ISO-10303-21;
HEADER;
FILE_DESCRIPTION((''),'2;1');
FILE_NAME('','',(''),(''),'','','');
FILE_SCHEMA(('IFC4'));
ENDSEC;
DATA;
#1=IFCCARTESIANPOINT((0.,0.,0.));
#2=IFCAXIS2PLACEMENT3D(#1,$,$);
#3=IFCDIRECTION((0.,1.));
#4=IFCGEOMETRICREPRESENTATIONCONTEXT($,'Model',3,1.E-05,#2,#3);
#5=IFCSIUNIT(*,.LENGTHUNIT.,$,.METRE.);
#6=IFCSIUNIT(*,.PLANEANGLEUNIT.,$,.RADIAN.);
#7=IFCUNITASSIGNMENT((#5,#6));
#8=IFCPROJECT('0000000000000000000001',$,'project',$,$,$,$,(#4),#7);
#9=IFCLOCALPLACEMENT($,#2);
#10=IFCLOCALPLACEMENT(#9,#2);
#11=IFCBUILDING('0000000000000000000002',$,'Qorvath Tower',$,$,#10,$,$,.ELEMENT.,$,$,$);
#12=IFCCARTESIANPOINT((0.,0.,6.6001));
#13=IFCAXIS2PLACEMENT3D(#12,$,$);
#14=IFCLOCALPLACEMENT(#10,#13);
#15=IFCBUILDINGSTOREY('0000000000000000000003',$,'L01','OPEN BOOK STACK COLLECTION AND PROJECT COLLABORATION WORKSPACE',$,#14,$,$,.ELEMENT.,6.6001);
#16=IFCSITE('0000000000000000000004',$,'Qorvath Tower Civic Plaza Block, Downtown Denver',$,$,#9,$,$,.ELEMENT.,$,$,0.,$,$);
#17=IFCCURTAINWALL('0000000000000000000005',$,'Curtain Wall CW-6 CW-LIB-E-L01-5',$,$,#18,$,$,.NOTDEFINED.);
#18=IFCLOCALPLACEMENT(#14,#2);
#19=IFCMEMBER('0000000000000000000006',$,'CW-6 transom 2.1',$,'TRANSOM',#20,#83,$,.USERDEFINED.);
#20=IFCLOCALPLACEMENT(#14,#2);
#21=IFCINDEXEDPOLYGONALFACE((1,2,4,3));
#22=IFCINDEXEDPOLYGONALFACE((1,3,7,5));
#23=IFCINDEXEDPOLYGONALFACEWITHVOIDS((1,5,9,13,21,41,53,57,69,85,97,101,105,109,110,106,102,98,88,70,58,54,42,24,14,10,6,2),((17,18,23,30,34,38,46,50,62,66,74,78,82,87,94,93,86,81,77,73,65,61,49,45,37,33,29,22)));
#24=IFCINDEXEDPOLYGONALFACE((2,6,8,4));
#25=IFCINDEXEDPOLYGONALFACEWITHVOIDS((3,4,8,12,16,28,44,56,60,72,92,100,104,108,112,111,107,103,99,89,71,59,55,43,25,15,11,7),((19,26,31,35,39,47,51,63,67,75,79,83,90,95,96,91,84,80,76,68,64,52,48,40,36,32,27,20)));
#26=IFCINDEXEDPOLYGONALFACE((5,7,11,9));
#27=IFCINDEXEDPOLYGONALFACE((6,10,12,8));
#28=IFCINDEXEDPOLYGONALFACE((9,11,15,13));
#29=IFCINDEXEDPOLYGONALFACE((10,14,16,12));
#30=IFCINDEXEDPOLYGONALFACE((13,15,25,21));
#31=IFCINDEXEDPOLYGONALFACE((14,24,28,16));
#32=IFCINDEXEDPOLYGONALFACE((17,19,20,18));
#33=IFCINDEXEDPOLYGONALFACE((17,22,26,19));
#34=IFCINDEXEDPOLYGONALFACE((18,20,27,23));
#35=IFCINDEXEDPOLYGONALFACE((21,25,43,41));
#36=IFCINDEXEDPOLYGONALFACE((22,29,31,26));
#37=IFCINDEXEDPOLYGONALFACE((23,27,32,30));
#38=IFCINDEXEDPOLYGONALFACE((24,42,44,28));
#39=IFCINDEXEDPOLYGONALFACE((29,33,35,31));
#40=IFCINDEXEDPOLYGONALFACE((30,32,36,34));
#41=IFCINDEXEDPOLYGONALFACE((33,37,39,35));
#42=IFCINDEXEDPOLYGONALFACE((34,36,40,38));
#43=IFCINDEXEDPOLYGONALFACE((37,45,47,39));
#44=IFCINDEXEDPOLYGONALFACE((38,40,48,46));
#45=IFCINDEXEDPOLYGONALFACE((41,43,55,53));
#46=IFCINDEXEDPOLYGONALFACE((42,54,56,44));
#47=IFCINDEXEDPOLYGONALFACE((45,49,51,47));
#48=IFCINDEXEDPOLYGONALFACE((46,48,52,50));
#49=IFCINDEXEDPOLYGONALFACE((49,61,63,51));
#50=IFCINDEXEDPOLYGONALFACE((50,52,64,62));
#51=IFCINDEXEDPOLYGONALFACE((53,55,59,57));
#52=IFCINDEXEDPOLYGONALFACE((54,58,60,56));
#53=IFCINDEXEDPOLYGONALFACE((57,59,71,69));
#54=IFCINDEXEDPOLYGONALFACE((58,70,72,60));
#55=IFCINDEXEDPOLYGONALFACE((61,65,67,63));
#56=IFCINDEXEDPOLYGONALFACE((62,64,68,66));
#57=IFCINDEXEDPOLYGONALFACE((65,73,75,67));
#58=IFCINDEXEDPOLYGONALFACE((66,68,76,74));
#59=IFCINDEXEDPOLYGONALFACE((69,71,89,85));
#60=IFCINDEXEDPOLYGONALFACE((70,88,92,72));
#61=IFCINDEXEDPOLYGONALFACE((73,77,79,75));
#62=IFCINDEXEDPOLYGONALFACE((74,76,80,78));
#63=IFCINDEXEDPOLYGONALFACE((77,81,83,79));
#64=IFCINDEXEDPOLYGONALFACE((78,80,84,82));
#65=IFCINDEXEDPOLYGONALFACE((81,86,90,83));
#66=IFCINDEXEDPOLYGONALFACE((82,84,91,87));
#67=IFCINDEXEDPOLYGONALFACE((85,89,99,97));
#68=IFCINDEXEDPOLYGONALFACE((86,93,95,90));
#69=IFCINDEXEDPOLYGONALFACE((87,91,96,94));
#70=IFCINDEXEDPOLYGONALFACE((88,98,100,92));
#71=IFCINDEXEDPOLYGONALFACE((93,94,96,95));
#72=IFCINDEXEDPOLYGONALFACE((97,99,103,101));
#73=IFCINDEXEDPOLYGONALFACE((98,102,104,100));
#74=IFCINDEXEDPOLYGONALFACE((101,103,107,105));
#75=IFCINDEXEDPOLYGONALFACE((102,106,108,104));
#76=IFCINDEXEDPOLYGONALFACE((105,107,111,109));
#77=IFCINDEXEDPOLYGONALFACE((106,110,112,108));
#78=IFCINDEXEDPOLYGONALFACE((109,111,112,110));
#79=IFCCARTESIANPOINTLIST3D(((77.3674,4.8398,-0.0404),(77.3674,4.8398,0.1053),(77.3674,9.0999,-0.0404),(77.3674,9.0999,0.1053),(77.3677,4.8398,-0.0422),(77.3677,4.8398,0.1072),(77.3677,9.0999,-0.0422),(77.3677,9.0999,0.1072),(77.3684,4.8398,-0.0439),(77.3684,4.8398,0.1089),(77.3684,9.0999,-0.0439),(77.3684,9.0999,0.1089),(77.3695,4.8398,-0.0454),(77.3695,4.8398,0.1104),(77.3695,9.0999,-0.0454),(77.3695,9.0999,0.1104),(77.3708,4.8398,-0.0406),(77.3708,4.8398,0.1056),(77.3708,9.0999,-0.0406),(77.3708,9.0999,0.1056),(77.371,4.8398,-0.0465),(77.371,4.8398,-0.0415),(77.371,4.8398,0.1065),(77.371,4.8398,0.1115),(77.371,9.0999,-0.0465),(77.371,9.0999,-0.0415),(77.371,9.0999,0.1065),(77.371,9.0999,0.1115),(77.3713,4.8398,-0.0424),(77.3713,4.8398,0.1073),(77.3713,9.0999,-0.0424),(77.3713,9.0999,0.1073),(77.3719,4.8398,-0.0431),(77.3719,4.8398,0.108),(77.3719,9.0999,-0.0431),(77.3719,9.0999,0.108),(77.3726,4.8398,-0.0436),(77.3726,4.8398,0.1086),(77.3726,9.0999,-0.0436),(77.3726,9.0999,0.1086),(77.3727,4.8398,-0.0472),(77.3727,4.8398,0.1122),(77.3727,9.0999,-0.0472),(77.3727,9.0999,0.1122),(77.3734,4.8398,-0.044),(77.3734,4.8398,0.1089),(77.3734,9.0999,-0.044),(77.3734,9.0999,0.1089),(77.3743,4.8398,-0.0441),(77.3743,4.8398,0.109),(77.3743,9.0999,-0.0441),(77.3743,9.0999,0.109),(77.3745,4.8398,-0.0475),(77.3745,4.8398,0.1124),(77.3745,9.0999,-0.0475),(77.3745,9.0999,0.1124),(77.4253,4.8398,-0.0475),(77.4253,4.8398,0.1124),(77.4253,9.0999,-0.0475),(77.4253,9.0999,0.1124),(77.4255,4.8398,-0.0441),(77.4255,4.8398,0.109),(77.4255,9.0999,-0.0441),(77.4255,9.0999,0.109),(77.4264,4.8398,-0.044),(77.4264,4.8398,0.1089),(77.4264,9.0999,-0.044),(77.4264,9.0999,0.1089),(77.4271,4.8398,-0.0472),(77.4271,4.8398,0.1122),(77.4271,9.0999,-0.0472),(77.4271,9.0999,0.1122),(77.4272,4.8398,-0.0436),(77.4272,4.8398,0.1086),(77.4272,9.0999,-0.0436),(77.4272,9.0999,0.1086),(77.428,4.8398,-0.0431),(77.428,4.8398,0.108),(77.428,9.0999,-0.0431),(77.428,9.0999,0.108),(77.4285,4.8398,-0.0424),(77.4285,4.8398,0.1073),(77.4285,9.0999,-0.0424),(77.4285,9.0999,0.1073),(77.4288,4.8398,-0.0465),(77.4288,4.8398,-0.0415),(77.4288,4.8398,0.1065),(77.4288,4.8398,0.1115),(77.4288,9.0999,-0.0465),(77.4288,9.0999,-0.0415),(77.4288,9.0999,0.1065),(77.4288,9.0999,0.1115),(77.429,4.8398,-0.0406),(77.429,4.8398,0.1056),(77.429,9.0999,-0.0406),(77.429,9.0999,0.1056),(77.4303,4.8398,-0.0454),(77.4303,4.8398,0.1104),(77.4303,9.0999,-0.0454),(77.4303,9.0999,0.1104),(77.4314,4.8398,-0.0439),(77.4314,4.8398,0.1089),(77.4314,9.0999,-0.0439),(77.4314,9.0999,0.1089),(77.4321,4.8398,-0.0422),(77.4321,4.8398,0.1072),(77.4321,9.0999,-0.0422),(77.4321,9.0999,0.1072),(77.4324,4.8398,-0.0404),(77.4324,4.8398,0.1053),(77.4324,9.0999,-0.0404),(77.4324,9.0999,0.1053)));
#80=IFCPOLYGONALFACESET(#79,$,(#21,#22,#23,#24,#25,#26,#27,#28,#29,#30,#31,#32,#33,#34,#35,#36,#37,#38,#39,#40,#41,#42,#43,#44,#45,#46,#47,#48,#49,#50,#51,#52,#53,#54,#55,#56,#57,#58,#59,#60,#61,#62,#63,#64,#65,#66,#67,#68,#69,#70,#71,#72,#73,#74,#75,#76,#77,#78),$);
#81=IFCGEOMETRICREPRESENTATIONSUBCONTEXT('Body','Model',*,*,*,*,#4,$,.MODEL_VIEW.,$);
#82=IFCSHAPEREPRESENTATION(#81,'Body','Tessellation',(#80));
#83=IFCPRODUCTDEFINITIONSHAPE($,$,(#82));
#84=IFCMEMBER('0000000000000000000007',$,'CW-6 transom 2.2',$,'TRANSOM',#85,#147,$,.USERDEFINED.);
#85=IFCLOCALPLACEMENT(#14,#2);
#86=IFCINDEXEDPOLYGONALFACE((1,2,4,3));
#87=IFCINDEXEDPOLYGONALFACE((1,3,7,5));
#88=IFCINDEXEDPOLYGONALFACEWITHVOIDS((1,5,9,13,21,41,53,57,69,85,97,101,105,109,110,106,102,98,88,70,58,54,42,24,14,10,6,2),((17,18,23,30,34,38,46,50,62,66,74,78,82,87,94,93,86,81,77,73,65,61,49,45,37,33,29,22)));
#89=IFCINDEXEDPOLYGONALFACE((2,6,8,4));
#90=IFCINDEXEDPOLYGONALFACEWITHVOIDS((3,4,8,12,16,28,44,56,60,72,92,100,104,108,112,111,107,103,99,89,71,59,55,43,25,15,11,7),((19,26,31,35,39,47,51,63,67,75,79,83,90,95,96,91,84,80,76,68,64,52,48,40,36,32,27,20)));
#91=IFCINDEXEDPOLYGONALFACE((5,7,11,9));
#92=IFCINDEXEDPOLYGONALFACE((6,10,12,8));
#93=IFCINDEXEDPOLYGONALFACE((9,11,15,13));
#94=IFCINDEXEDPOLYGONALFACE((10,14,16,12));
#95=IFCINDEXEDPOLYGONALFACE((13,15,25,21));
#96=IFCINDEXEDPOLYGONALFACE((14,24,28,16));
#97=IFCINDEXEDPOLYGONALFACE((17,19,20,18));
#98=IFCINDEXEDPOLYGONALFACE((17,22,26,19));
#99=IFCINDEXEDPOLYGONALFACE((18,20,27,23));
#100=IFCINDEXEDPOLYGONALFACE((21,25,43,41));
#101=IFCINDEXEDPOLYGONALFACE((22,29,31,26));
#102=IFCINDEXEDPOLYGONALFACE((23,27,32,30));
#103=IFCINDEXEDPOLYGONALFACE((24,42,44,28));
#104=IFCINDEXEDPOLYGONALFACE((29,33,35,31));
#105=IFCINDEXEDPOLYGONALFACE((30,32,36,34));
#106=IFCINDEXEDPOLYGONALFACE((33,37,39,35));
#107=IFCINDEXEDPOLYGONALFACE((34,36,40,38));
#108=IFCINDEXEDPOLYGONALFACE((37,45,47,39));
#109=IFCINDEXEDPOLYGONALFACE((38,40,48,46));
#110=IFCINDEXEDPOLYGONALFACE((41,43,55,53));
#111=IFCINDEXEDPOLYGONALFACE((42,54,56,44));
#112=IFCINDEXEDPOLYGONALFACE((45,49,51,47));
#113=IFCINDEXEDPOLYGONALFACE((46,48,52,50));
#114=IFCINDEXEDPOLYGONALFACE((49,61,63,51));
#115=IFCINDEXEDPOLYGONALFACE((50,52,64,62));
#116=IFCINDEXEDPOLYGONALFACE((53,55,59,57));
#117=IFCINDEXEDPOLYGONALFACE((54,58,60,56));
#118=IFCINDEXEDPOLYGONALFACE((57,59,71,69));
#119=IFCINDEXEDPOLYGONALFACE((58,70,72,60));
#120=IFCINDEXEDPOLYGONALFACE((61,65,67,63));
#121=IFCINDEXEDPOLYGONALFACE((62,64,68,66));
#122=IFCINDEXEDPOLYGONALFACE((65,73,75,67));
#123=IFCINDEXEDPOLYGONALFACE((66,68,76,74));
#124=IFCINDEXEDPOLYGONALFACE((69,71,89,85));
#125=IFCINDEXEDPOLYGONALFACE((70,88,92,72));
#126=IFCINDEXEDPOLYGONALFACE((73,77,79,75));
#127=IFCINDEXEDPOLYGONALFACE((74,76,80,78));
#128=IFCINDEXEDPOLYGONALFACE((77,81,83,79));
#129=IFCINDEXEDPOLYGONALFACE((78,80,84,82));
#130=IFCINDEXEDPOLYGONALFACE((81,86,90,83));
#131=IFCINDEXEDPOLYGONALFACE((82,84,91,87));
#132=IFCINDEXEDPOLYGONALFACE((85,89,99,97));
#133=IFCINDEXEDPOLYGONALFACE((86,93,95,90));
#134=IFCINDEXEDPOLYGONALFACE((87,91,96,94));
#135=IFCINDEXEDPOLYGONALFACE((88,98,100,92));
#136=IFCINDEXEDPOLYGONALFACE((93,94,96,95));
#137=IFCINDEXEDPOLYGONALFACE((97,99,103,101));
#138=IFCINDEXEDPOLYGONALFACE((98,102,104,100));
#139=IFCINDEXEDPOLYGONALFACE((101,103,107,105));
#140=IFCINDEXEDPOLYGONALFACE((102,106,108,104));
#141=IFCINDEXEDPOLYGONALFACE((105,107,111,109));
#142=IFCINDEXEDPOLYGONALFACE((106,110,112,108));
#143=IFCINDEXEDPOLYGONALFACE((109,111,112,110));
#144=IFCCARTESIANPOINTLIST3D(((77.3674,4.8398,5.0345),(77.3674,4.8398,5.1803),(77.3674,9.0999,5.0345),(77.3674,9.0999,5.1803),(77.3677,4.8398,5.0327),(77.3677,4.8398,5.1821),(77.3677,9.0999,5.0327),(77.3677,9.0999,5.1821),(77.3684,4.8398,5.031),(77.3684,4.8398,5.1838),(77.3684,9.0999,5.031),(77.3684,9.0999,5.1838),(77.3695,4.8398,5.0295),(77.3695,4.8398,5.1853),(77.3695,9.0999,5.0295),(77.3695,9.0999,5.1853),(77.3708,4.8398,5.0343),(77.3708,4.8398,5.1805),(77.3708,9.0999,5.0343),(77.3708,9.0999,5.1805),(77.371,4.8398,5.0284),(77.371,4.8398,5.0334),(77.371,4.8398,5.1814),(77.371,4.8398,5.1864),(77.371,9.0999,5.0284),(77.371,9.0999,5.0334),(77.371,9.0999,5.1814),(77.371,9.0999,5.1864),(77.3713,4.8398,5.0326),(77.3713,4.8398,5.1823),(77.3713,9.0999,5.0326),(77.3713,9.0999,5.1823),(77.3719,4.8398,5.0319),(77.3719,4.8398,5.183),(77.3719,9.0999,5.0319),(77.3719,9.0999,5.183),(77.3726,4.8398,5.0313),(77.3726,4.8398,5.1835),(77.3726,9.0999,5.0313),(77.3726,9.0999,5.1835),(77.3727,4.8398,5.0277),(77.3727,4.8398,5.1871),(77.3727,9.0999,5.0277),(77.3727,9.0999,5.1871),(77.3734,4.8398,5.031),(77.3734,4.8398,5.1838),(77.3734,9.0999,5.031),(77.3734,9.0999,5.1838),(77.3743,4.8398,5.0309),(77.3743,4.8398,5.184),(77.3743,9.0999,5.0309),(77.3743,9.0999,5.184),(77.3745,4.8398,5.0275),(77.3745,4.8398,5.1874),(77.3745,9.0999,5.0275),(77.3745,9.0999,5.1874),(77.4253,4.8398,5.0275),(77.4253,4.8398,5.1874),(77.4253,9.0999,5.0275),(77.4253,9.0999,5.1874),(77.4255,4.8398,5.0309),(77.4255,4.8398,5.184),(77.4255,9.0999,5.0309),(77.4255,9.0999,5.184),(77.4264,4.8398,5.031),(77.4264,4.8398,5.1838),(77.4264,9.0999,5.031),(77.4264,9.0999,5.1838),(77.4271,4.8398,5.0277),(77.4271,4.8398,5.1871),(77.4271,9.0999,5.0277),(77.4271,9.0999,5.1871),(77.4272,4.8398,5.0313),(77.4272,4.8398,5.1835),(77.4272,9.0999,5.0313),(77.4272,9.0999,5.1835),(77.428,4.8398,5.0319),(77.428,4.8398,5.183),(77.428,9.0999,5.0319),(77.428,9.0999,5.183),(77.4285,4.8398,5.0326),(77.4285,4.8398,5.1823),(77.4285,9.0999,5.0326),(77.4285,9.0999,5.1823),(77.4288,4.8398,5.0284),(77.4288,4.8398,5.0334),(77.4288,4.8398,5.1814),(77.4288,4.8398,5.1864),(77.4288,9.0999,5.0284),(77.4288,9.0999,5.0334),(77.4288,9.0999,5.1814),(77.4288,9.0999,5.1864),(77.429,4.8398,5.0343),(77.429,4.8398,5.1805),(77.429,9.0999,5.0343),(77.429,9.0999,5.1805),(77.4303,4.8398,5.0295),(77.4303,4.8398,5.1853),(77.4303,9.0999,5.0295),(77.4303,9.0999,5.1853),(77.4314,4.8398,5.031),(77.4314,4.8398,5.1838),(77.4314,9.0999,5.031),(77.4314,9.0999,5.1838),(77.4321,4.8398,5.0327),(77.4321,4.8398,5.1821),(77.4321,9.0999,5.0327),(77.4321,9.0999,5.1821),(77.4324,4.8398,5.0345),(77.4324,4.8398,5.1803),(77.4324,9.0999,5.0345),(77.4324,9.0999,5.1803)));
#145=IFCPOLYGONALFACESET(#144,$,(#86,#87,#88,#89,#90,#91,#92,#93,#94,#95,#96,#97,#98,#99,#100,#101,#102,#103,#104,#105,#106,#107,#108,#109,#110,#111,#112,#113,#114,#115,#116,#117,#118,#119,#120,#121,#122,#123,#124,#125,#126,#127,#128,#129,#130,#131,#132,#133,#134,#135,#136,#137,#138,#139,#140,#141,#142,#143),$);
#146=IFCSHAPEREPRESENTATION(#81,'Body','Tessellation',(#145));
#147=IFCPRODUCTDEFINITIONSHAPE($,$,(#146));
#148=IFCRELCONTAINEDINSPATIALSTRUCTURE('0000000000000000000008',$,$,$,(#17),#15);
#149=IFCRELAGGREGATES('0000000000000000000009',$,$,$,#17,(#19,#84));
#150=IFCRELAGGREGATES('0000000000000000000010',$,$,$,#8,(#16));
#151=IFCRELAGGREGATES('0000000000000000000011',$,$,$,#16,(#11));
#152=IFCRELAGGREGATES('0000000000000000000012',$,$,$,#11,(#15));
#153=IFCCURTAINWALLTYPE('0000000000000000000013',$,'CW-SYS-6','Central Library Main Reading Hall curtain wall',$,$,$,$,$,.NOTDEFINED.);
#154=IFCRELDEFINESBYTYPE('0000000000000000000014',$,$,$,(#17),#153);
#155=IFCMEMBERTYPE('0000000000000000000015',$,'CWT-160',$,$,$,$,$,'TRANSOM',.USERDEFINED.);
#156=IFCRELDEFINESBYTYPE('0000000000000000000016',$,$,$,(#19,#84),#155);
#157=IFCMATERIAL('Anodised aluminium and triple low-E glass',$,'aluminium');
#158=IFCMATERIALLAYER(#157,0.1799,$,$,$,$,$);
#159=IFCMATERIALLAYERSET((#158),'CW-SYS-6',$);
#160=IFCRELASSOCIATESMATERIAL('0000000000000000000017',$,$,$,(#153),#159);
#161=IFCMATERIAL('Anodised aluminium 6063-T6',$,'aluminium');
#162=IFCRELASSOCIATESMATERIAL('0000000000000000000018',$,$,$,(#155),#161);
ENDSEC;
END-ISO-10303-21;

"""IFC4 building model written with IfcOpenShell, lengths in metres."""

from ifc_helpers import new_model, si_unit, direction, frame, origin, origin_2d, place, context, subcontext, project, spatial, hollow_rectangle, extrude, material, layer, layer_set, material_profile, profile_set, type_object, element, aggregate, save


model = new_model("IFC4")

# Units and contexts
model_context = context("Model", 3, precision=1e-05, world=origin(), true_north=direction((0.0, 1.0)))
body_context = subcontext(model_context, "Body", "Model", "MODEL_VIEW")
ifc_project = project(units=[si_unit("LENGTHUNIT", "METRE"), si_unit("PLANEANGLEUNIT", "RADIAN")], contexts=[model_context])

# Site, building, storey
site_placement = place(None, origin())
site = spatial("IfcSite", under=ifc_project, at=site_placement, Name="Qorvath Tower Civic Plaza Block, Downtown Denver", CompositionType="ELEMENT", RefElevation=0.0)
building_placement = place(site_placement, origin())
building = spatial("IfcBuilding", under=site, at=building_placement, Name="Qorvath Tower", CompositionType="ELEMENT")
storey_placement = place(building_placement, frame((0.0, 0.0, 6.6001)))
storey = spatial("IfcBuildingStorey", under=building, at=storey_placement, Name="L01", Description="OPEN BOOK STACK COLLECTION AND PROJECT COLLABORATION WORKSPACE", CompositionType="ELEMENT", Elevation=6.6001)

# Curtain wall
ifc_material_1 = material(Name="Anodised aluminium and triple low-E glass", Category="aluminium")
ifc_layer_1 = layer(ifc_material_1, 0.1799)
ifc_layer_set_1 = layer_set([ifc_layer_1], Name="CW-SYS-6")
curtain_wall_type = type_object("IfcCurtainWallType", Name="CW-SYS-6", Description="Central Library Main Reading Hall curtain wall", PredefinedType="NOTDEFINED", material=ifc_layer_set_1)
curtain_wall_1_placement = place(storey_placement, origin())
curtain_wall_1 = element("IfcCurtainWall", 1, at=curtain_wall_1_placement, inside=storey, type_object=curtain_wall_type, Name="Curtain Wall CW-6 CW-LIB-E-L01-5", PredefinedType="NOTDEFINED")

# Members
ifc_material_2 = material(Name="Anodised aluminium 6063-T6", Category="aluminium")
ifc_material_profile_1 = material_profile(ifc_material_2, hollow_rectangle(XDim=0.0649, YDim=0.1599, WallThickness=0.0034, InnerFilletRadius=0.0034, OuterFilletRadius=0.0071, at=origin_2d()), Name="CWT 160x65")
ifc_profile_set_1 = profile_set([ifc_material_profile_1], Name="Anodised aluminium 6063-T6")
member_type_1 = type_object("IfcMemberType", Name="CWT-160", ElementType="TRANSOM", PredefinedType="USERDEFINED", material=ifc_profile_set_1)
member_1_placement = place(storey_placement, frame((77.3999, 4.8398, 0.0325), z_axis=(0.0, 1.0, 0.0), x_axis=(-1.0, 0.0, 0.0)))
member_1 = element("IfcMember", 2, at=member_1_placement, type_object=member_type_1, Name="CW-6 transom 2.1", ObjectType="TRANSOM", PredefinedType="USERDEFINED", context=body_context, shape_type="SweptSolid", body=[
    extrude(hollow_rectangle(XDim=0.0649, YDim=0.1599, WallThickness=0.0034, InnerFilletRadius=0.0034, OuterFilletRadius=0.0071, at=origin_2d()), origin(), (0.0, 0.0, 1.0), 4.26),
])
member_2_placement = place(storey_placement, frame((77.3999, 4.8398, 5.1074), z_axis=(0.0, 1.0, 0.0), x_axis=(-1.0, 0.0, 0.0)))
member_2 = element("IfcMember", 3, at=member_2_placement, type_object=member_type_1, Name="CW-6 transom 2.2", ObjectType="TRANSOM", PredefinedType="USERDEFINED", context=body_context, shape_type="SweptSolid", body=[
    extrude(hollow_rectangle(XDim=0.0649, YDim=0.1599, WallThickness=0.0034, InnerFilletRadius=0.0034, OuterFilletRadius=0.0071, at=origin_2d()), origin(), (0.0, 0.0, 1.0), 4.26),
])

aggregate(curtain_wall_1, [member_1, member_2])

save(model, "model.ifc")
